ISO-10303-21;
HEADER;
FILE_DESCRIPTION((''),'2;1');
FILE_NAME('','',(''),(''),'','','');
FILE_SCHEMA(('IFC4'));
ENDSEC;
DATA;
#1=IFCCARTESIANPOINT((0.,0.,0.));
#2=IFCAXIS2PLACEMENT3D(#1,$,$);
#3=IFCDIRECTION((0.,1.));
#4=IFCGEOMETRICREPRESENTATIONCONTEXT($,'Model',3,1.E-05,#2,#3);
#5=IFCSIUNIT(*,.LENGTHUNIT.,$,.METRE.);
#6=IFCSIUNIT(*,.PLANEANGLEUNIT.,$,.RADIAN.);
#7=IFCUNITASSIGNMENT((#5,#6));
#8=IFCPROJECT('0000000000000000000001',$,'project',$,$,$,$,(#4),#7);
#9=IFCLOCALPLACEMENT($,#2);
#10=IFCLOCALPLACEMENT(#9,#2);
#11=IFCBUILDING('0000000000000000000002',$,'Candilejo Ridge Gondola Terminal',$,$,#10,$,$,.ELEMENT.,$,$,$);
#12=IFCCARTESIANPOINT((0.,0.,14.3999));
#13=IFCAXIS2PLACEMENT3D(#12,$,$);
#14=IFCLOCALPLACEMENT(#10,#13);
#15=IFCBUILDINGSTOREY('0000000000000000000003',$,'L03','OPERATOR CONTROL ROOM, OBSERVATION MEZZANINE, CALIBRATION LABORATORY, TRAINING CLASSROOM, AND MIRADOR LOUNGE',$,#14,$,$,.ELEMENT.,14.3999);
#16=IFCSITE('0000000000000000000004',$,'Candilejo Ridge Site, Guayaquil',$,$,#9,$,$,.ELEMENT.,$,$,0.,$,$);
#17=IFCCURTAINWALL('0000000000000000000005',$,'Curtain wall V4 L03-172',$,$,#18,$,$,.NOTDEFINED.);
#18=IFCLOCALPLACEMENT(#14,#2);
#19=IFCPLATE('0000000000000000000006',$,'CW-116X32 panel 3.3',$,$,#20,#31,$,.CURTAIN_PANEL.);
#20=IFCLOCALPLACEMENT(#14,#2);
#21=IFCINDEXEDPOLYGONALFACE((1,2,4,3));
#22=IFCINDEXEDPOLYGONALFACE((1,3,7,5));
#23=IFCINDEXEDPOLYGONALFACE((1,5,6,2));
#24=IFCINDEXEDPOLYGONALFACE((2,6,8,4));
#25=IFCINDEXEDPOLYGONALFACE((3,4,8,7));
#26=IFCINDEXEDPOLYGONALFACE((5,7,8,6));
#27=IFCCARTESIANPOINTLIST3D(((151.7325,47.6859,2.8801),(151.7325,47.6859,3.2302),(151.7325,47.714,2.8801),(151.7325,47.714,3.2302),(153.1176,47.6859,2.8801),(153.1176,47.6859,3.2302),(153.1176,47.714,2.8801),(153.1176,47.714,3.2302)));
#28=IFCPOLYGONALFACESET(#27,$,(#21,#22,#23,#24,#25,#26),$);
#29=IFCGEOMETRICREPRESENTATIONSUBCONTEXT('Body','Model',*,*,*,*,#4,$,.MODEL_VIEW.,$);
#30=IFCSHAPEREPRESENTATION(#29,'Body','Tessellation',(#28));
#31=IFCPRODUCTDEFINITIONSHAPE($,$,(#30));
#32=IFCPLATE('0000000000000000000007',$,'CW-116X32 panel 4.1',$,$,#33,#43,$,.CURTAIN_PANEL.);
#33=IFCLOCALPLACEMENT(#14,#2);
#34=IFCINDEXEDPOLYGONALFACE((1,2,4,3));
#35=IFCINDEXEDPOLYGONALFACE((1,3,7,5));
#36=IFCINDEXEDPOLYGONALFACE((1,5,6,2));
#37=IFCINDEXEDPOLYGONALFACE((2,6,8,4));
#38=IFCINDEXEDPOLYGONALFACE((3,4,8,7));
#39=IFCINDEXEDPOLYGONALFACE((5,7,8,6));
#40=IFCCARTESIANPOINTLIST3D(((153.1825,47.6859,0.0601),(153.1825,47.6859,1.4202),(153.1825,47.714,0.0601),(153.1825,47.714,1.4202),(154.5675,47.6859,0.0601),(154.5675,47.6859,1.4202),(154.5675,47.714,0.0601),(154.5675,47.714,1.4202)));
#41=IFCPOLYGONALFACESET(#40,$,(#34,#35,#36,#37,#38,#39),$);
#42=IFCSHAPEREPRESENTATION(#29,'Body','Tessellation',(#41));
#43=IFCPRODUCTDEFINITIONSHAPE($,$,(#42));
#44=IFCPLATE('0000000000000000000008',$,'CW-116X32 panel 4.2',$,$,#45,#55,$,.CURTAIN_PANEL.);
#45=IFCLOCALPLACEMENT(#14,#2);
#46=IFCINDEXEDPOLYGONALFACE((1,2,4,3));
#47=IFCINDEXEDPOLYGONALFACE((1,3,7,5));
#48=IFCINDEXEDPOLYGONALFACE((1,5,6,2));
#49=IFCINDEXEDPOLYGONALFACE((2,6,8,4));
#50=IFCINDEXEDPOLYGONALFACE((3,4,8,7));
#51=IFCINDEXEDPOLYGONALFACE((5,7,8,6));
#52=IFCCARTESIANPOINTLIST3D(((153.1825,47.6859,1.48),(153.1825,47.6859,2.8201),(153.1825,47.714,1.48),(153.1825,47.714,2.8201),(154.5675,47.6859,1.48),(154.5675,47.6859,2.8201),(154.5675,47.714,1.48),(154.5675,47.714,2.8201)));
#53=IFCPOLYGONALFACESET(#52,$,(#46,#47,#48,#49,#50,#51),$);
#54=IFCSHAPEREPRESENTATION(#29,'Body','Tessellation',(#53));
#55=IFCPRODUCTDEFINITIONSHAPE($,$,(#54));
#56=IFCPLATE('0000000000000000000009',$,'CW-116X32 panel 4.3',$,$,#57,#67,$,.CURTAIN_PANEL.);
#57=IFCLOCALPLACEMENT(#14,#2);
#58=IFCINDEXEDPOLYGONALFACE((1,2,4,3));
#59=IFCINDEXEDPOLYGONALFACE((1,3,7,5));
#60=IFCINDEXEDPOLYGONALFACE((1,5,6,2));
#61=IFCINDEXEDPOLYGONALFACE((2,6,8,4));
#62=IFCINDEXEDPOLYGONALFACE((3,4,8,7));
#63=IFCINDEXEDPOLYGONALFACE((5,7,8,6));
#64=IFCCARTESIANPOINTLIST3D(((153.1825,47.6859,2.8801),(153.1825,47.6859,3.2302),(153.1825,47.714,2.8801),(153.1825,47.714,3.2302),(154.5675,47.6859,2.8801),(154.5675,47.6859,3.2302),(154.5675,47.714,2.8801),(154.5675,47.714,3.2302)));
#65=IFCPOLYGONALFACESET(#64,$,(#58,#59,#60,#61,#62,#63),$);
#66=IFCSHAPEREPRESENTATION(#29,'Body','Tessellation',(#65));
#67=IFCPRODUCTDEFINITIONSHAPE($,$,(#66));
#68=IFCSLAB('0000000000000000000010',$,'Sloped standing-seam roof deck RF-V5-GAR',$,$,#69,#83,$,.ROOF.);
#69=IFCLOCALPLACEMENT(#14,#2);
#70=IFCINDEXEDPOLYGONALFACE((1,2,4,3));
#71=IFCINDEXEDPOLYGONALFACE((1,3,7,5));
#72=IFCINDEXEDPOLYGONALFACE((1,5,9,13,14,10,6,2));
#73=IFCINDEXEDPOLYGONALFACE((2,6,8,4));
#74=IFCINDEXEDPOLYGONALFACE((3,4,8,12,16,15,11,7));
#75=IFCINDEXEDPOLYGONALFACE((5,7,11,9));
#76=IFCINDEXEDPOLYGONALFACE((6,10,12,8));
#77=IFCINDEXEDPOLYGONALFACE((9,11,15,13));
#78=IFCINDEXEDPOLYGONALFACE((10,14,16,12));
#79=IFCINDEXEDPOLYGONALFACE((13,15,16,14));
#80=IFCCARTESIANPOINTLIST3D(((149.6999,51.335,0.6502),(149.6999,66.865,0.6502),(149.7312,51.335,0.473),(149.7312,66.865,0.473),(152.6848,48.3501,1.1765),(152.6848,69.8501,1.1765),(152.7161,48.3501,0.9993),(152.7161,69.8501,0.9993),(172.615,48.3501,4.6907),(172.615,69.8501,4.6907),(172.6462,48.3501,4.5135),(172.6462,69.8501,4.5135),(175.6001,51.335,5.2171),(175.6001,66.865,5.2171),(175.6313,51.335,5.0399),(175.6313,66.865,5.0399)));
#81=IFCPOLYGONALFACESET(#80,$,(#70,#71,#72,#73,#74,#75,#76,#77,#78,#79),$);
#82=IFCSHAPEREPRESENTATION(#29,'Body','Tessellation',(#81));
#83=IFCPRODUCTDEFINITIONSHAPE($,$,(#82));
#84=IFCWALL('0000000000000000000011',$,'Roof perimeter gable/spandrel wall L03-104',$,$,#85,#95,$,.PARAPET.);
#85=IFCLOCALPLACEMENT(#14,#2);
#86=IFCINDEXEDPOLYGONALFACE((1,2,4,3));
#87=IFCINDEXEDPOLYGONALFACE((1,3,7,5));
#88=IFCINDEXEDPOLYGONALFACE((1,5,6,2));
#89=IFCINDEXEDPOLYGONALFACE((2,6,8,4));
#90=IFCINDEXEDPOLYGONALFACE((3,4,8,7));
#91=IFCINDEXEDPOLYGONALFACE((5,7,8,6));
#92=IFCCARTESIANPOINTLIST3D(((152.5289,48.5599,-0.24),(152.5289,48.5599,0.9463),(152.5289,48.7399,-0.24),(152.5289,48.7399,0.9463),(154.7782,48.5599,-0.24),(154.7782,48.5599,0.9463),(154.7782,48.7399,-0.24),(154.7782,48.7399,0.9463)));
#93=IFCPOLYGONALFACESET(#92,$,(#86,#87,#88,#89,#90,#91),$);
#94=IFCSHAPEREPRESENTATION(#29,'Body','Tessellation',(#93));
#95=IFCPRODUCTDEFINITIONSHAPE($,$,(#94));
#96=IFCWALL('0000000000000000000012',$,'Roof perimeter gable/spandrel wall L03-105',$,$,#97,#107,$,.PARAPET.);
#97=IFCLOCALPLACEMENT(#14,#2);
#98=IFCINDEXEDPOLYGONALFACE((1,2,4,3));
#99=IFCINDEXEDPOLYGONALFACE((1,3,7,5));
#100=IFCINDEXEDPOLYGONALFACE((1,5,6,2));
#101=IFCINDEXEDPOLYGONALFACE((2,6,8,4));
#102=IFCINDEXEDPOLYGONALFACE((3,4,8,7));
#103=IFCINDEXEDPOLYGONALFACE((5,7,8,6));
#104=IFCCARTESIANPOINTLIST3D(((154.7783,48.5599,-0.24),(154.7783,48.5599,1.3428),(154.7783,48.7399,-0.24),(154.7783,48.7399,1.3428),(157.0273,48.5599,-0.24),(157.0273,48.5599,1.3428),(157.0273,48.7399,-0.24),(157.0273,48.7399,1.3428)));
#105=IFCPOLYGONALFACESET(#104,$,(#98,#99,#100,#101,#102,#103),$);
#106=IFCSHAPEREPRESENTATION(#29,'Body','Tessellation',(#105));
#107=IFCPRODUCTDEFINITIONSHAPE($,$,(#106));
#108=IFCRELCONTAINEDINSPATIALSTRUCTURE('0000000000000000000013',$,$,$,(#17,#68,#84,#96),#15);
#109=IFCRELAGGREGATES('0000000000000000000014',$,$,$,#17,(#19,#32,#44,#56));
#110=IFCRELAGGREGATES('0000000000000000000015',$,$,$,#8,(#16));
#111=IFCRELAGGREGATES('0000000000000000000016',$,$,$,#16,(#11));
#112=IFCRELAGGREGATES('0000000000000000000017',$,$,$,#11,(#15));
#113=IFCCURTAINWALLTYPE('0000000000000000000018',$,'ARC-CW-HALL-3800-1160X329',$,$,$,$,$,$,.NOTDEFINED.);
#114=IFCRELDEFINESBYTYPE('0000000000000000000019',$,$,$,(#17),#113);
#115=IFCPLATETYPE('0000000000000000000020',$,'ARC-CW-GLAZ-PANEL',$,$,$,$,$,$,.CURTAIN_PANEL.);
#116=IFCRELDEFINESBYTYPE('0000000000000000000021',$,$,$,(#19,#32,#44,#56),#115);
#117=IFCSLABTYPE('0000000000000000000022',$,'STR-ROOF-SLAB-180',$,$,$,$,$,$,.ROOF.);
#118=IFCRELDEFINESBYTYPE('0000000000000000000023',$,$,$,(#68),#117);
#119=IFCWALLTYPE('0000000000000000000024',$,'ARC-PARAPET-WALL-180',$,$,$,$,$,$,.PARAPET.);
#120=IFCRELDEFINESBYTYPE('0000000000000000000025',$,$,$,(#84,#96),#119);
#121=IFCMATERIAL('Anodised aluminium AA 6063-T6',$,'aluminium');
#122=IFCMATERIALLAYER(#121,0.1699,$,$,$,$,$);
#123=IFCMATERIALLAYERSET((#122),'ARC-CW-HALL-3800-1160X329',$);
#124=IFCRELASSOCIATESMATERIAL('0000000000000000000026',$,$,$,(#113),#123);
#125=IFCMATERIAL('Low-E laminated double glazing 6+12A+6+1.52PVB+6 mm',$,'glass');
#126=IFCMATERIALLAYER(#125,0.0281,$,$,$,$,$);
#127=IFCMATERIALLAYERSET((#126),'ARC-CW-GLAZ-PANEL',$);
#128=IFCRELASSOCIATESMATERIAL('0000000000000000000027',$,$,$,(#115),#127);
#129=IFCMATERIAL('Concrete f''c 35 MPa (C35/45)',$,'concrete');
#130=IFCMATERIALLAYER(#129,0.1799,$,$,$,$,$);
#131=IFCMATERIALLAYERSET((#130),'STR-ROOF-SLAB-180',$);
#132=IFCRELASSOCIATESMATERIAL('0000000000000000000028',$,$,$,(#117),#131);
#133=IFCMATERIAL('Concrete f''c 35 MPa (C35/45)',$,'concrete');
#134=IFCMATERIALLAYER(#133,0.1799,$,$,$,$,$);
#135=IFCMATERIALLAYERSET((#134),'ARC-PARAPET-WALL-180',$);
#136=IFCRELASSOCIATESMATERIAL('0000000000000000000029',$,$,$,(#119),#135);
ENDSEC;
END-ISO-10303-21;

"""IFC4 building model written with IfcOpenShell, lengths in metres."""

from ifc_helpers import new_model, si_unit, direction, frame, frame_2d, origin, origin_2d, place, context, subcontext, project, spatial, polyline, rectangle, outline, extrude, material, layer, layer_set, type_object, element, aggregate, save


model = new_model("IFC4")

# Units and contexts
model_context = context("Model", 3, precision=1e-05, world=origin(), true_north=direction((0.0, 1.0)))
body_context = subcontext(model_context, "Body", "Model", "MODEL_VIEW")
ifc_project = project(units=[si_unit("LENGTHUNIT", "METRE"), si_unit("PLANEANGLEUNIT", "RADIAN")], contexts=[model_context])

# Site, building, storey
site_placement = place(None, origin())
site = spatial("IfcSite", under=ifc_project, at=site_placement, Name="Candilejo Ridge Site, Guayaquil", CompositionType="ELEMENT", RefElevation=0.0)
building_placement = place(site_placement, origin())
building = spatial("IfcBuilding", under=site, at=building_placement, Name="Candilejo Ridge Gondola Terminal", CompositionType="ELEMENT")
storey_placement = place(building_placement, frame((0.0, 0.0, 14.3999)))
storey = spatial("IfcBuildingStorey", under=building, at=storey_placement, Name="L03", Description="OPERATOR CONTROL ROOM, OBSERVATION MEZZANINE, CALIBRATION LABORATORY, TRAINING CLASSROOM, AND MIRADOR LOUNGE", CompositionType="ELEMENT", Elevation=14.3999)

# Curtain wall, plates
ifc_material_1 = material(Name="Anodised aluminium AA 6063-T6", Category="aluminium")
ifc_layer_1 = layer(ifc_material_1, 0.1699)
ifc_layer_set_1 = layer_set([ifc_layer_1], Name="ARC-CW-HALL-3800-1160X329")
curtain_wall_type = type_object("IfcCurtainWallType", Name="ARC-CW-HALL-3800-1160X329", PredefinedType="NOTDEFINED", material=ifc_layer_set_1)
curtain_wall_placement = place(storey_placement, origin())
curtain_wall = element("IfcCurtainWall", 1, at=curtain_wall_placement, inside=storey, type_object=curtain_wall_type, Name="Curtain wall V4 L03-172", PredefinedType="NOTDEFINED")
ifc_material_2 = material(Name="Low-E laminated double glazing 6+12A+6+1.52PVB+6 mm", Category="glass")
ifc_layer_2 = layer(ifc_material_2, 0.0281)
ifc_layer_set_2 = layer_set([ifc_layer_2], Name="ARC-CW-GLAZ-PANEL")
plate_type = type_object("IfcPlateType", Name="ARC-CW-GLAZ-PANEL", PredefinedType="CURTAIN_PANEL", material=ifc_layer_set_2)
plate_1_placement = place(storey_placement, frame((152.425, 47.7, 2.8801), z_axis=(0.0, 0.0, 1.0), x_axis=(1.0, 0.0, 0.0)))
plate_1 = element("IfcPlate", 2, at=plate_1_placement, type_object=plate_type, Name="CW-116X32 panel 3.3", PredefinedType="CURTAIN_PANEL", context=body_context, shape_type="SweptSolid", body=[
    extrude(rectangle(XDim=1.385, YDim=0.0281, at=origin_2d()), origin(), (0.0, 0.0, 1.0), 0.3501),
])
plate_2_placement = place(storey_placement, frame((153.875, 47.7, 0.0601), z_axis=(0.0, 0.0, 1.0), x_axis=(1.0, 0.0, 0.0)))
plate_2 = element("IfcPlate", 3, at=plate_2_placement, type_object=plate_type, Name="CW-116X32 panel 4.1", PredefinedType="CURTAIN_PANEL", context=body_context, shape_type="SweptSolid", body=[
    extrude(rectangle(XDim=1.385, YDim=0.0281, at=origin_2d()), origin(), (0.0, 0.0, 1.0), 1.3601),
])
plate_3_placement = place(storey_placement, frame((153.875, 47.7, 1.48), z_axis=(0.0, 0.0, 1.0), x_axis=(1.0, 0.0, 0.0)))
plate_3 = element("IfcPlate", 4, at=plate_3_placement, type_object=plate_type, Name="CW-116X32 panel 4.2", PredefinedType="CURTAIN_PANEL", context=body_context, shape_type="SweptSolid", body=[
    extrude(rectangle(XDim=1.385, YDim=0.0281, at=origin_2d()), origin(), (0.0, 0.0, 1.0), 1.3401),
])
plate_4_placement = place(storey_placement, frame((153.875, 47.7, 2.8801), z_axis=(0.0, 0.0, 1.0), x_axis=(1.0, 0.0, 0.0)))
plate_4 = element("IfcPlate", 5, at=plate_4_placement, type_object=plate_type, Name="CW-116X32 panel 4.3", PredefinedType="CURTAIN_PANEL", context=body_context, shape_type="SweptSolid", body=[
    extrude(rectangle(XDim=1.385, YDim=0.0281, at=origin_2d()), origin(), (0.0, 0.0, 1.0), 0.3501),
])
aggregate(curtain_wall, [plate_1, plate_2, plate_3, plate_4])

# Slab
ifc_material_3 = material(Name="Concrete f'c 35 MPa (C35/45)", Category="concrete")
ifc_layer_3 = layer(ifc_material_3, 0.1799)
ifc_layer_set_3 = layer_set([ifc_layer_3], Name="STR-ROOF-SLAB-180")
slab_type = type_object("IfcSlabType", Name="STR-ROOF-SLAB-180", PredefinedType="ROOF", material=ifc_layer_set_3)
slab_placement = place(storey_placement, frame((152.6848, 48.3501, 1.1765), z_axis=(-0.173648, 0.0, 0.984808), x_axis=(0.984808, 0.0, 0.173648)))
element("IfcSlab", 6, at=slab_placement, inside=storey, type_object=slab_type, Name="Sloped standing-seam roof deck RF-V5-GAR", PredefinedType="ROOF", context=body_context, shape_type="SweptSolid", body=[
    extrude(outline(polyline([(0.0, 0.0), (20.2376, 0.0), (23.2688, 2.9849), (23.2688, 18.5149), (20.2376, 21.5), (0.0, 21.5), (-3.0309, 18.5149), (-3.0309, 2.9849), (0.0, 0.0)])), origin(), (0.0, 0.0, -1.0), 0.1799),
])

# Walls
ifc_material_4 = material(Name="Concrete f'c 35 MPa (C35/45)", Category="concrete")
ifc_layer_4 = layer(ifc_material_4, 0.1799)
ifc_layer_set_4 = layer_set([ifc_layer_4], Name="ARC-PARAPET-WALL-180")
wall_type = type_object("IfcWallType", Name="ARC-PARAPET-WALL-180", PredefinedType="PARAPET", material=ifc_layer_set_4)
wall_1_placement = place(storey_placement, frame((152.5291, 48.6499, -0.24), z_axis=(0.0, 0.0, 1.0), x_axis=(1.0, 0.0, 0.0)))
element("IfcWall", 7, at=wall_1_placement, inside=storey, type_object=wall_type, Name="Roof perimeter gable/spandrel wall L03-104", PredefinedType="PARAPET", context=body_context, shape_type="SweptSolid", body=[
    extrude(rectangle(XDim=2.2493, YDim=0.1799, at=frame_2d((1.1245, 0.0))), origin(), (0.0, 0.0, 1.0), 1.1863),
])
wall_2_placement = place(storey_placement, frame((154.7783, 48.6499, -0.24), z_axis=(0.0, 0.0, 1.0), x_axis=(1.0, 0.0, 0.0)))
element("IfcWall", 8, at=wall_2_placement, inside=storey, type_object=wall_type, Name="Roof perimeter gable/spandrel wall L03-105", PredefinedType="PARAPET", context=body_context, shape_type="SweptSolid", body=[
    extrude(rectangle(XDim=2.249, YDim=0.1799, at=frame_2d((1.1245, 0.0))), origin(), (0.0, 0.0, 1.0), 1.5828),
])

save(model, "model.ifc")
